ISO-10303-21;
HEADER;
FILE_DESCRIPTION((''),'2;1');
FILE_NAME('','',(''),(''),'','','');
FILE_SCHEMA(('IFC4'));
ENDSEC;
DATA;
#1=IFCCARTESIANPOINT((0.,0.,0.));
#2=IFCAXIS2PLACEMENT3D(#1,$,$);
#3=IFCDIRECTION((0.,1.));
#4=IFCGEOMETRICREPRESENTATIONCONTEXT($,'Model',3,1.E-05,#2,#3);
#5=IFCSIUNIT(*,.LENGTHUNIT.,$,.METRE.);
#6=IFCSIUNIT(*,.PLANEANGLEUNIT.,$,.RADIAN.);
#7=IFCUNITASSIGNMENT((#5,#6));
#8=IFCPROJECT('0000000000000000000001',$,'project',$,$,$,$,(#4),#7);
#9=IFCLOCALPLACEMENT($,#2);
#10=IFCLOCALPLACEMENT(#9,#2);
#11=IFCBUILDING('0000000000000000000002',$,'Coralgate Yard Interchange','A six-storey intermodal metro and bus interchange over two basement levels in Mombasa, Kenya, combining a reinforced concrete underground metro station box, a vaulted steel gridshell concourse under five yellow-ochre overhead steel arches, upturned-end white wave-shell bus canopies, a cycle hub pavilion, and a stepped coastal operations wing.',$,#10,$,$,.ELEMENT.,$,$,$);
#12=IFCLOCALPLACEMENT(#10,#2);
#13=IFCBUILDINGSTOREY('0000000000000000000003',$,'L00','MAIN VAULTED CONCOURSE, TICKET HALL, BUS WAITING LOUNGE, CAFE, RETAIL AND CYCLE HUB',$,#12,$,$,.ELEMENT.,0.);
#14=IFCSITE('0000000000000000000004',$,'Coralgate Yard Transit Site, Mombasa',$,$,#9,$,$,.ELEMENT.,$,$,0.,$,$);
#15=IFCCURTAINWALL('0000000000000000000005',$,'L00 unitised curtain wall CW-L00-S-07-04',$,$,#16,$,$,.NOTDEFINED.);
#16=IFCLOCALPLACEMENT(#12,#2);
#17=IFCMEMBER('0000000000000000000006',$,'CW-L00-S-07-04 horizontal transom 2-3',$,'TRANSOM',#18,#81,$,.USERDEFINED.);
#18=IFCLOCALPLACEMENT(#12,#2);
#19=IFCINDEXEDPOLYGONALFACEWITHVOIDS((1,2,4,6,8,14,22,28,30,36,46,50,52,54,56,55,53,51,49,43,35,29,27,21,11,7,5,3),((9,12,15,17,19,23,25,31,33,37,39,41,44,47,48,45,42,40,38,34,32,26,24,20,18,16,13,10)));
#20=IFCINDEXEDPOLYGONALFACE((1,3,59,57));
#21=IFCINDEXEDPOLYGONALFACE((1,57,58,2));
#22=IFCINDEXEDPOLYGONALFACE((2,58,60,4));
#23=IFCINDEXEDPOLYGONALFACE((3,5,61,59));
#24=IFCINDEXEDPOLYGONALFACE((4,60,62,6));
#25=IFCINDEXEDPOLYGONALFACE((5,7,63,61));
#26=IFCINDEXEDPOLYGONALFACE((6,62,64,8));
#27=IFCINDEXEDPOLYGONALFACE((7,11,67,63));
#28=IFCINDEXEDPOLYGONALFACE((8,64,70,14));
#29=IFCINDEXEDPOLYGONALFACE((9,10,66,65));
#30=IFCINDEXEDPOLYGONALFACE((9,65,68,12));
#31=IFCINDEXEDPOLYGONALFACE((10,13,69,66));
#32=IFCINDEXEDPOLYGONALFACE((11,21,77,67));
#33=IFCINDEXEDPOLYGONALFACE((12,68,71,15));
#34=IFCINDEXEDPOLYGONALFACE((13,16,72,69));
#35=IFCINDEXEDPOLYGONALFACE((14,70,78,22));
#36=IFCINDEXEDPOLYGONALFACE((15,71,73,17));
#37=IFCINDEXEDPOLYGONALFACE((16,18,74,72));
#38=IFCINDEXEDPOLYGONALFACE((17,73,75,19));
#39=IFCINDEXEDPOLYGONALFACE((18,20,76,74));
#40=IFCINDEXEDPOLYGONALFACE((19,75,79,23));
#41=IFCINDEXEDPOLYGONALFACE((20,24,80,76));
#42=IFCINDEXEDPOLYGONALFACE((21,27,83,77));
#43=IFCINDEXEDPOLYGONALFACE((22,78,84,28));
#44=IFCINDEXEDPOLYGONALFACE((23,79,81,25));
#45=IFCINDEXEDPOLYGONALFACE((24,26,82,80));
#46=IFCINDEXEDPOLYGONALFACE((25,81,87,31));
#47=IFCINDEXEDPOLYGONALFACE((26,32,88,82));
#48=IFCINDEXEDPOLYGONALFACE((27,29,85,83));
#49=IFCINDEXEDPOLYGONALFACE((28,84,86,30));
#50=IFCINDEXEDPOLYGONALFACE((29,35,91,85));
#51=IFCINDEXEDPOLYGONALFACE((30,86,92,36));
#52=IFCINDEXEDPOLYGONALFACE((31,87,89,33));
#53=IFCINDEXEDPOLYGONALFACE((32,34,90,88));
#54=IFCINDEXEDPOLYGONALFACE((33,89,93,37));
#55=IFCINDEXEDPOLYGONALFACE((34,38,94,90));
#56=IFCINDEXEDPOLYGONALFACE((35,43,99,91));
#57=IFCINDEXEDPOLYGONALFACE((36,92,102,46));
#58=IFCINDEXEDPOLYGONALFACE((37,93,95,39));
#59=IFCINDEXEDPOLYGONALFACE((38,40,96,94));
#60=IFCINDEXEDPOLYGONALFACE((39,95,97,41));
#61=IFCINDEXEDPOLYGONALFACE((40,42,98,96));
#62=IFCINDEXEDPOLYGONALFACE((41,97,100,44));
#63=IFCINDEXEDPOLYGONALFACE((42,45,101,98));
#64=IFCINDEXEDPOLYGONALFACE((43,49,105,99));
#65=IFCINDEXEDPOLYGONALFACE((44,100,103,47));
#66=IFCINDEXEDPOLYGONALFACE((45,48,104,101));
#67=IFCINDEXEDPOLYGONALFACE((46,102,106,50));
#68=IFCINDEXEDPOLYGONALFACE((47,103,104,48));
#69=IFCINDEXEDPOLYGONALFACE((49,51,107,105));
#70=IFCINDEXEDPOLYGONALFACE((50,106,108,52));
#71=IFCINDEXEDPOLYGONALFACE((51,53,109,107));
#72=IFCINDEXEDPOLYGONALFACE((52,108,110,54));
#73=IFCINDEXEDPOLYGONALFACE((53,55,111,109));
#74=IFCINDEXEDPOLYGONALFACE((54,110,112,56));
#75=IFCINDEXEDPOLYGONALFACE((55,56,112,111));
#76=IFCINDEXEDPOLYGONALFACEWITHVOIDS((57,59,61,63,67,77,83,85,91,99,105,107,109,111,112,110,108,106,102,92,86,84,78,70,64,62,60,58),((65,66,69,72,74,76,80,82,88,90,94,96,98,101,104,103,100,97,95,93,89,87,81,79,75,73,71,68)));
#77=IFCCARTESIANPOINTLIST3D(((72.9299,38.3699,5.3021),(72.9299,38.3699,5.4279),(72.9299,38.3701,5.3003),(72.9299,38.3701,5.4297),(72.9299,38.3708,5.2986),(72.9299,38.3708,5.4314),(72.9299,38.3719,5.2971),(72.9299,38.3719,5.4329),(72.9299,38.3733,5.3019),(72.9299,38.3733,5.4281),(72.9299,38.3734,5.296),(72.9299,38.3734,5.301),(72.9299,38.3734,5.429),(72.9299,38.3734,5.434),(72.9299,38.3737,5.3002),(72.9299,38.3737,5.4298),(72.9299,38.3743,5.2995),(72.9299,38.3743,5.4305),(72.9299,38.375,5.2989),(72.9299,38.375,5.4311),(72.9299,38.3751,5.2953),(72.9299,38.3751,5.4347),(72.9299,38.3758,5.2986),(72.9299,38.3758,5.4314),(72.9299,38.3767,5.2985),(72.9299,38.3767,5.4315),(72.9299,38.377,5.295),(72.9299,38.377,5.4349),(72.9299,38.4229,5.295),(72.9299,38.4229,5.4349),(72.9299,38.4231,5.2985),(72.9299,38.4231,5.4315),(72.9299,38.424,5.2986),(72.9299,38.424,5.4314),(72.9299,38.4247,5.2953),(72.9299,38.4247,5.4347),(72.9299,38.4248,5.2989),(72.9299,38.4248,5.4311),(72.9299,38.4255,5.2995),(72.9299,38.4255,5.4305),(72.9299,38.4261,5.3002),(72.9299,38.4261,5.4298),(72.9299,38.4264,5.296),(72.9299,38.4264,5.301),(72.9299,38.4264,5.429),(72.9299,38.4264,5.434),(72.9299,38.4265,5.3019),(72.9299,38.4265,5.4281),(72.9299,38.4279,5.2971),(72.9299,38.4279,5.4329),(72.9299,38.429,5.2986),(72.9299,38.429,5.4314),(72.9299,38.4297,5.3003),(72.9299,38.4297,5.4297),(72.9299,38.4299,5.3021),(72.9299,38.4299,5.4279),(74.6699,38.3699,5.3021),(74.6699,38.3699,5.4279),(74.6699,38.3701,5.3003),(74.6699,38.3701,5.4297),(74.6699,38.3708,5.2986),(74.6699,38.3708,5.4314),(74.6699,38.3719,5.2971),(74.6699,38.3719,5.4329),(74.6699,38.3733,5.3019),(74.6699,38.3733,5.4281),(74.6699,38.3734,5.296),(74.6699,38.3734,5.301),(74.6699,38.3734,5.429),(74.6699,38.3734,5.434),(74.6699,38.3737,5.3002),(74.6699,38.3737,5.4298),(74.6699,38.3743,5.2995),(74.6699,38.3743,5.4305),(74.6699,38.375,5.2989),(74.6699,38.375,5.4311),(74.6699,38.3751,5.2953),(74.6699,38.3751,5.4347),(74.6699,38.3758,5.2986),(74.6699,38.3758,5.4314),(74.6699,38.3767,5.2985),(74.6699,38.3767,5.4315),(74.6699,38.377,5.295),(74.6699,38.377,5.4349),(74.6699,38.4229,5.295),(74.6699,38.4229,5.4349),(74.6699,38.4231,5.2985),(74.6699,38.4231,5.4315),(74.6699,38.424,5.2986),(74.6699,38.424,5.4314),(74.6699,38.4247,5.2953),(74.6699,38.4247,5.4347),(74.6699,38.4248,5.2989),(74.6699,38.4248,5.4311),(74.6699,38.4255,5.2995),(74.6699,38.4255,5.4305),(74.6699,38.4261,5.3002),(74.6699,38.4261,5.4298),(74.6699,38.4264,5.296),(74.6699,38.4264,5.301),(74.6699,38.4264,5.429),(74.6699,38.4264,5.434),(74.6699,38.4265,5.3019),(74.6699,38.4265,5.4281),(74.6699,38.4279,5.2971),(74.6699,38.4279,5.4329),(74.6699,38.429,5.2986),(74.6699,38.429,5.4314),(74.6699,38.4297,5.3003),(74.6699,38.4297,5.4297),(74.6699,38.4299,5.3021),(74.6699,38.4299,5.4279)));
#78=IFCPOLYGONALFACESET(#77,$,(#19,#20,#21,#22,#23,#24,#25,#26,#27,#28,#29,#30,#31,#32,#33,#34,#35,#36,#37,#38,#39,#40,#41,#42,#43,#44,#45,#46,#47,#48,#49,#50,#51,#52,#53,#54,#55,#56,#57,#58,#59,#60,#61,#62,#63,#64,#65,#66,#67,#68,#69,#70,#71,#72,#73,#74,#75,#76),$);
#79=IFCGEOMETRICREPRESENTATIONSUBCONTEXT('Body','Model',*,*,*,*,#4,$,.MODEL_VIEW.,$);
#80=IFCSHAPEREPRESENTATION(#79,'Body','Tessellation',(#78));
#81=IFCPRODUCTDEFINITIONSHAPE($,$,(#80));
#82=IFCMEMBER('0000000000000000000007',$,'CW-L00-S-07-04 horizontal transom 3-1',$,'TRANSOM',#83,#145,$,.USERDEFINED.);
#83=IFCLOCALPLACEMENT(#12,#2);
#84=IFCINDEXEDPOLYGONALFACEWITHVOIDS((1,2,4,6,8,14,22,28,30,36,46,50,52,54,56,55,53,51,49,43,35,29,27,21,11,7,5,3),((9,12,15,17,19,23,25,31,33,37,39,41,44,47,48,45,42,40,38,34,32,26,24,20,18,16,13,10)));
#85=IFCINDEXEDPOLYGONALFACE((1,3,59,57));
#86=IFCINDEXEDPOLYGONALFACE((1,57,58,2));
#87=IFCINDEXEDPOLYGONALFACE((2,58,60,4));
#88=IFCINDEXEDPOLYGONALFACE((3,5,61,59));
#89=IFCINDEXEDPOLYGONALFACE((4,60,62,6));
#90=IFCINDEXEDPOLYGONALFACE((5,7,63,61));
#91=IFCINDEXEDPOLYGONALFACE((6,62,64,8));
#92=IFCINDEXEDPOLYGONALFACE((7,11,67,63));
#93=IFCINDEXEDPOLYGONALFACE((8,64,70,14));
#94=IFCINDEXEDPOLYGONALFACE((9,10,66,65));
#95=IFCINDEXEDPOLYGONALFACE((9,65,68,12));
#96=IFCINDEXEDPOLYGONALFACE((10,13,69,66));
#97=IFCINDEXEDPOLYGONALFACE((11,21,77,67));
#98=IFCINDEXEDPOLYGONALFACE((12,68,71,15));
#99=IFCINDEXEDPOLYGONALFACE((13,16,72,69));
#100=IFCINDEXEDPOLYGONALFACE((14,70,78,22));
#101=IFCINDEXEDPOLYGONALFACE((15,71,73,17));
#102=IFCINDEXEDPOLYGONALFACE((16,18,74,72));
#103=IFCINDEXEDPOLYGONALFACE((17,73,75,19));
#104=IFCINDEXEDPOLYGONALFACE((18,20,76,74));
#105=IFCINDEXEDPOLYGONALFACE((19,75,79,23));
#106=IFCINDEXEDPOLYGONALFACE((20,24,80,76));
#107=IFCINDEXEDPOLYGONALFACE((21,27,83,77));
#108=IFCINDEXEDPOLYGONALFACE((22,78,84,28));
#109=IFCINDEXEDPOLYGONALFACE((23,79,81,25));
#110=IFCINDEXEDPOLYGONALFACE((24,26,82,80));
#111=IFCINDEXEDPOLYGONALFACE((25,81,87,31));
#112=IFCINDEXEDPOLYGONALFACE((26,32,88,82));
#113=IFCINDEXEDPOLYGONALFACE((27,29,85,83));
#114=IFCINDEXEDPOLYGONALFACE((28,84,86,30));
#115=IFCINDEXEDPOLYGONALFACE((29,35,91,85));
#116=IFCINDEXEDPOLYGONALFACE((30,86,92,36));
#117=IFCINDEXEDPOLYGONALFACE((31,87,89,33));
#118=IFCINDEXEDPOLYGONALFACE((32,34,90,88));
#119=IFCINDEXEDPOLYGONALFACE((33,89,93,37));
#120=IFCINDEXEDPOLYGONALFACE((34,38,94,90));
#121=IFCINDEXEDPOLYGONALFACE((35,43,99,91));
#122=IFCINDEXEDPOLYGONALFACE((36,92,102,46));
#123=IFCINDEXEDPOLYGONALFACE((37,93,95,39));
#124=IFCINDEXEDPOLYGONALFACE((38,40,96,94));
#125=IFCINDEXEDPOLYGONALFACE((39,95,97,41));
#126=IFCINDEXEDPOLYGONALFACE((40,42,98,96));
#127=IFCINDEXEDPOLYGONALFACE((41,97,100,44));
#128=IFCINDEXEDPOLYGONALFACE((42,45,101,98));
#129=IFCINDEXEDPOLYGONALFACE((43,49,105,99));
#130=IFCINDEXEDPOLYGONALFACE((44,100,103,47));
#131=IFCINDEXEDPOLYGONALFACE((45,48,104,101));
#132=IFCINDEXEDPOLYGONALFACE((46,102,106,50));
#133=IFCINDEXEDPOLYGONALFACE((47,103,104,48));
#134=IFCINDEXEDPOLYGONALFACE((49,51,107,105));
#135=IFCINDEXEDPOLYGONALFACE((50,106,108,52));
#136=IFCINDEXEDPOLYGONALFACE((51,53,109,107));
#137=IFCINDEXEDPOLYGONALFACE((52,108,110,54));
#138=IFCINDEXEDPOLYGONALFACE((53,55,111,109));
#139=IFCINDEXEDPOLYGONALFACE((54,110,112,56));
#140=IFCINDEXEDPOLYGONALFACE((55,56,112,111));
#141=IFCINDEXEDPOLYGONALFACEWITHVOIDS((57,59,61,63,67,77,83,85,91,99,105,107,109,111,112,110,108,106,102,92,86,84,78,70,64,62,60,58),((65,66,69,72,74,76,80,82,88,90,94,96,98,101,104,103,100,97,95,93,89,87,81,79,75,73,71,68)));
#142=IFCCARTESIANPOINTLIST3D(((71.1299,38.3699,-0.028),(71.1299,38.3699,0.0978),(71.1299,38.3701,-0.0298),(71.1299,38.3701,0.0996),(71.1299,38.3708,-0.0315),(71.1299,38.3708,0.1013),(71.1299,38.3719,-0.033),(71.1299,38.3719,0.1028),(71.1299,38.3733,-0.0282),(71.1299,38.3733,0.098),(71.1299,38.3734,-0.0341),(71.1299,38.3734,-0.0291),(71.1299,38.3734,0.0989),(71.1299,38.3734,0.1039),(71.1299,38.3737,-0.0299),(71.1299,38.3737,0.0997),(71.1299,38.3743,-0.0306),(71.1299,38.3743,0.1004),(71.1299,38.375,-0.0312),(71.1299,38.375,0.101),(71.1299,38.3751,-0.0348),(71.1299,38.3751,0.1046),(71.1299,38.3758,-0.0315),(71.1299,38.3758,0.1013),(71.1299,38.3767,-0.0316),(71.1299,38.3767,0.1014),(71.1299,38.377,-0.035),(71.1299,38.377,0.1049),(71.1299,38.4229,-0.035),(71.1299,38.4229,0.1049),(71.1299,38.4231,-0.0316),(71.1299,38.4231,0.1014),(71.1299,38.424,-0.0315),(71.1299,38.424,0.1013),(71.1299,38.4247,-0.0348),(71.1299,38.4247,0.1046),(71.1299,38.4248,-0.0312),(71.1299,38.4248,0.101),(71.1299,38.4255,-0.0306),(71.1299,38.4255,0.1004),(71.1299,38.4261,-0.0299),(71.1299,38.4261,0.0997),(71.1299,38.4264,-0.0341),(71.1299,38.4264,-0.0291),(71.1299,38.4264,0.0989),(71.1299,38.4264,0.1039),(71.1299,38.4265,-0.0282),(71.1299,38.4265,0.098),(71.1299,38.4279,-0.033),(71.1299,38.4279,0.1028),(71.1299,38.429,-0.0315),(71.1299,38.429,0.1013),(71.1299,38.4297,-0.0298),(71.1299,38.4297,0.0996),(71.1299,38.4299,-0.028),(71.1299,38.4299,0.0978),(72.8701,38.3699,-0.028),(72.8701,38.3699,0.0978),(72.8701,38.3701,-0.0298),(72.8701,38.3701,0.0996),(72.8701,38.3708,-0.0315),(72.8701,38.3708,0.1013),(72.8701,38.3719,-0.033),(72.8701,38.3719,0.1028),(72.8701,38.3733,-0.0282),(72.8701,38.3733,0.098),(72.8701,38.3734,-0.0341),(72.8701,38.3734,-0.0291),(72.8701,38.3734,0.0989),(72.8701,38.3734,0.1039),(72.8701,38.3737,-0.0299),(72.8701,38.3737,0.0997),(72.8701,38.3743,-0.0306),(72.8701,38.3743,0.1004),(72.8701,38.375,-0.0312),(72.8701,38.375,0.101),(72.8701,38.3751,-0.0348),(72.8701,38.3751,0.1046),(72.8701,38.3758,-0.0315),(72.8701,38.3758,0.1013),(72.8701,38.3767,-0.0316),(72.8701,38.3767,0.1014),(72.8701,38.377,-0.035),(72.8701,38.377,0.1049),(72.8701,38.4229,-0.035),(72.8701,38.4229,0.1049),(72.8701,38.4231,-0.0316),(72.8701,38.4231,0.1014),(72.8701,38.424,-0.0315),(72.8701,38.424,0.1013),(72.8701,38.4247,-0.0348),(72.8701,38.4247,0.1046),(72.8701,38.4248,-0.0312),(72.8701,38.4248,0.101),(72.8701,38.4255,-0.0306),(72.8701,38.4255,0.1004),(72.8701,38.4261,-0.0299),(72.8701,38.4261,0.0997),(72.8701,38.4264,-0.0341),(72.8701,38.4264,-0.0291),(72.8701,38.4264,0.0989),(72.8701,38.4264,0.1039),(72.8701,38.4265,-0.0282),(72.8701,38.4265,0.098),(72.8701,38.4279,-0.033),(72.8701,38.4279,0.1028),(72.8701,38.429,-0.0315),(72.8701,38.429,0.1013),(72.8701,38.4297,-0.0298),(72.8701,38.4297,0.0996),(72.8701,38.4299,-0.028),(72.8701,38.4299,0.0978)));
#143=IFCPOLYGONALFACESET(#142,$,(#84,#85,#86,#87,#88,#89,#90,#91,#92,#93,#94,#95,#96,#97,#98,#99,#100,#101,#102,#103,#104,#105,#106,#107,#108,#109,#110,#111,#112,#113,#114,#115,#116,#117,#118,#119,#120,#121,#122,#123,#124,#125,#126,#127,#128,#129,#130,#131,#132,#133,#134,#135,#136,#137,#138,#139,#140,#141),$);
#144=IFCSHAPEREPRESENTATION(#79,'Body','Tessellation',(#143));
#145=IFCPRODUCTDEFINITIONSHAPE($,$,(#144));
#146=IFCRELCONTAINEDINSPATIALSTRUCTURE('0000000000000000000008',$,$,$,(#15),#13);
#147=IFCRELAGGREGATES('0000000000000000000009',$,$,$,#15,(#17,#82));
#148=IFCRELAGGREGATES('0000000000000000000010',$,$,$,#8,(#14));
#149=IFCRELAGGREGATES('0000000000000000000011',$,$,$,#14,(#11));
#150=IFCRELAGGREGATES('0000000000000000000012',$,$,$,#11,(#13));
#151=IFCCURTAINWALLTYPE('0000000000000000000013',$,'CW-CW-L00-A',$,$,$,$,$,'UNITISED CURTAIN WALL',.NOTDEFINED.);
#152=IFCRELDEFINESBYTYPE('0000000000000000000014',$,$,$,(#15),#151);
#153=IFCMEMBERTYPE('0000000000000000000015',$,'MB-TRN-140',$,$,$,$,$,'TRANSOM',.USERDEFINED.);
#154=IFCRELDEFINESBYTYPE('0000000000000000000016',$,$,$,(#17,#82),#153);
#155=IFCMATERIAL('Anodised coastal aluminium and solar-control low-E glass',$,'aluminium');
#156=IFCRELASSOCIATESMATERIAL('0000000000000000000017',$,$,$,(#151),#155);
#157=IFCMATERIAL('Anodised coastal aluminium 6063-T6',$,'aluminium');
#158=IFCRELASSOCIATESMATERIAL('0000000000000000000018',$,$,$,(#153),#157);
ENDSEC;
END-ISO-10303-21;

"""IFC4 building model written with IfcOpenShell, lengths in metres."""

from ifc_helpers import new_model, si_unit, direction, frame, origin, origin_2d, place, context, subcontext, project, spatial, hollow_rectangle, extrude, material, material_profile, profile_set, type_object, element, aggregate, save


model = new_model("IFC4")

# Units and contexts
model_context = context("Model", 3, precision=1e-05, world=origin(), true_north=direction((0.0, 1.0)))
body_context = subcontext(model_context, "Body", "Model", "MODEL_VIEW")
ifc_project = project(units=[si_unit("LENGTHUNIT", "METRE"), si_unit("PLANEANGLEUNIT", "RADIAN")], contexts=[model_context])

# Site, building, storey
site_placement = place(None, origin())
site = spatial("IfcSite", under=ifc_project, at=site_placement, Name="Coralgate Yard Transit Site, Mombasa", CompositionType="ELEMENT", RefElevation=0.0)
building_placement = place(site_placement, origin())
building = spatial("IfcBuilding", under=site, at=building_placement, Name="Coralgate Yard Interchange", Description="A six-storey intermodal metro and bus interchange over two basement levels in Mombasa, Kenya, combining a reinforced concrete underground metro station box, a vaulted steel gridshell concourse under five yellow-ochre overhead steel arches, upturned-end white wave-shell bus canopies, a cycle hub pavilion, and a stepped coastal operations wing.", CompositionType="ELEMENT")
storey_placement = place(building_placement, origin())
storey = spatial("IfcBuildingStorey", under=building, at=storey_placement, Name="L00", Description="MAIN VAULTED CONCOURSE, TICKET HALL, BUS WAITING LOUNGE, CAFE, RETAIL AND CYCLE HUB", CompositionType="ELEMENT", Elevation=0.0)

# Curtain wall, members
ifc_material_1 = material(Name="Anodised coastal aluminium and solar-control low-E glass", Category="aluminium")
curtain_wall_type = type_object("IfcCurtainWallType", Name="CW-CW-L00-A", ElementType="UNITISED CURTAIN WALL", PredefinedType="NOTDEFINED", material=ifc_material_1)
curtain_wall_placement = place(storey_placement, origin())
curtain_wall = element("IfcCurtainWall", 1, at=curtain_wall_placement, inside=storey, type_object=curtain_wall_type, Name="L00 unitised curtain wall CW-L00-S-07-04", PredefinedType="NOTDEFINED")
ifc_material_2 = material(Name="Anodised coastal aluminium 6063-T6", Category="aluminium")
ifc_material_profile_1 = material_profile(ifc_material_2, hollow_rectangle(XDim=0.0601, YDim=0.1399, WallThickness=0.0034, InnerFilletRadius=0.0034, OuterFilletRadius=0.0071, at=origin_2d()), Name="ALU 60x140x3.5")
ifc_profile_set_1 = profile_set([ifc_material_profile_1], Name="Anodised coastal aluminium 6063-T6")
member_type_1 = type_object("IfcMemberType", Name="MB-TRN-140", ElementType="TRANSOM", PredefinedType="USERDEFINED", material=ifc_profile_set_1)
member_1_placement = place(storey_placement, frame((74.6699, 38.3999, 5.365), z_axis=(-1.0, 0.0, 0.0), x_axis=(0.0, -1.0, 0.0)))
member_1 = element("IfcMember", 2, at=member_1_placement, type_object=member_type_1, Name="CW-L00-S-07-04 horizontal transom 2-3", ObjectType="TRANSOM", PredefinedType="USERDEFINED", context=body_context, shape_type="SweptSolid", body=[
    extrude(hollow_rectangle(XDim=0.0601, YDim=0.1399, WallThickness=0.0034, InnerFilletRadius=0.0034, OuterFilletRadius=0.0071, at=origin_2d()), origin(), (0.0, 0.0, 1.0), 1.74),
])
member_2_placement = place(storey_placement, frame((72.8701, 38.3999, 0.0349), z_axis=(-1.0, 0.0, 0.0), x_axis=(0.0, -1.0, 0.0)))
member_2 = element("IfcMember", 3, at=member_2_placement, type_object=member_type_1, Name="CW-L00-S-07-04 horizontal transom 3-1", ObjectType="TRANSOM", PredefinedType="USERDEFINED", context=body_context, shape_type="SweptSolid", body=[
    extrude(hollow_rectangle(XDim=0.0601, YDim=0.1399, WallThickness=0.0034, InnerFilletRadius=0.0034, OuterFilletRadius=0.0071, at=origin_2d()), origin(), (0.0, 0.0, 1.0), 1.7402),
])
aggregate(curtain_wall, [member_1, member_2])

save(model, "model.ifc")
